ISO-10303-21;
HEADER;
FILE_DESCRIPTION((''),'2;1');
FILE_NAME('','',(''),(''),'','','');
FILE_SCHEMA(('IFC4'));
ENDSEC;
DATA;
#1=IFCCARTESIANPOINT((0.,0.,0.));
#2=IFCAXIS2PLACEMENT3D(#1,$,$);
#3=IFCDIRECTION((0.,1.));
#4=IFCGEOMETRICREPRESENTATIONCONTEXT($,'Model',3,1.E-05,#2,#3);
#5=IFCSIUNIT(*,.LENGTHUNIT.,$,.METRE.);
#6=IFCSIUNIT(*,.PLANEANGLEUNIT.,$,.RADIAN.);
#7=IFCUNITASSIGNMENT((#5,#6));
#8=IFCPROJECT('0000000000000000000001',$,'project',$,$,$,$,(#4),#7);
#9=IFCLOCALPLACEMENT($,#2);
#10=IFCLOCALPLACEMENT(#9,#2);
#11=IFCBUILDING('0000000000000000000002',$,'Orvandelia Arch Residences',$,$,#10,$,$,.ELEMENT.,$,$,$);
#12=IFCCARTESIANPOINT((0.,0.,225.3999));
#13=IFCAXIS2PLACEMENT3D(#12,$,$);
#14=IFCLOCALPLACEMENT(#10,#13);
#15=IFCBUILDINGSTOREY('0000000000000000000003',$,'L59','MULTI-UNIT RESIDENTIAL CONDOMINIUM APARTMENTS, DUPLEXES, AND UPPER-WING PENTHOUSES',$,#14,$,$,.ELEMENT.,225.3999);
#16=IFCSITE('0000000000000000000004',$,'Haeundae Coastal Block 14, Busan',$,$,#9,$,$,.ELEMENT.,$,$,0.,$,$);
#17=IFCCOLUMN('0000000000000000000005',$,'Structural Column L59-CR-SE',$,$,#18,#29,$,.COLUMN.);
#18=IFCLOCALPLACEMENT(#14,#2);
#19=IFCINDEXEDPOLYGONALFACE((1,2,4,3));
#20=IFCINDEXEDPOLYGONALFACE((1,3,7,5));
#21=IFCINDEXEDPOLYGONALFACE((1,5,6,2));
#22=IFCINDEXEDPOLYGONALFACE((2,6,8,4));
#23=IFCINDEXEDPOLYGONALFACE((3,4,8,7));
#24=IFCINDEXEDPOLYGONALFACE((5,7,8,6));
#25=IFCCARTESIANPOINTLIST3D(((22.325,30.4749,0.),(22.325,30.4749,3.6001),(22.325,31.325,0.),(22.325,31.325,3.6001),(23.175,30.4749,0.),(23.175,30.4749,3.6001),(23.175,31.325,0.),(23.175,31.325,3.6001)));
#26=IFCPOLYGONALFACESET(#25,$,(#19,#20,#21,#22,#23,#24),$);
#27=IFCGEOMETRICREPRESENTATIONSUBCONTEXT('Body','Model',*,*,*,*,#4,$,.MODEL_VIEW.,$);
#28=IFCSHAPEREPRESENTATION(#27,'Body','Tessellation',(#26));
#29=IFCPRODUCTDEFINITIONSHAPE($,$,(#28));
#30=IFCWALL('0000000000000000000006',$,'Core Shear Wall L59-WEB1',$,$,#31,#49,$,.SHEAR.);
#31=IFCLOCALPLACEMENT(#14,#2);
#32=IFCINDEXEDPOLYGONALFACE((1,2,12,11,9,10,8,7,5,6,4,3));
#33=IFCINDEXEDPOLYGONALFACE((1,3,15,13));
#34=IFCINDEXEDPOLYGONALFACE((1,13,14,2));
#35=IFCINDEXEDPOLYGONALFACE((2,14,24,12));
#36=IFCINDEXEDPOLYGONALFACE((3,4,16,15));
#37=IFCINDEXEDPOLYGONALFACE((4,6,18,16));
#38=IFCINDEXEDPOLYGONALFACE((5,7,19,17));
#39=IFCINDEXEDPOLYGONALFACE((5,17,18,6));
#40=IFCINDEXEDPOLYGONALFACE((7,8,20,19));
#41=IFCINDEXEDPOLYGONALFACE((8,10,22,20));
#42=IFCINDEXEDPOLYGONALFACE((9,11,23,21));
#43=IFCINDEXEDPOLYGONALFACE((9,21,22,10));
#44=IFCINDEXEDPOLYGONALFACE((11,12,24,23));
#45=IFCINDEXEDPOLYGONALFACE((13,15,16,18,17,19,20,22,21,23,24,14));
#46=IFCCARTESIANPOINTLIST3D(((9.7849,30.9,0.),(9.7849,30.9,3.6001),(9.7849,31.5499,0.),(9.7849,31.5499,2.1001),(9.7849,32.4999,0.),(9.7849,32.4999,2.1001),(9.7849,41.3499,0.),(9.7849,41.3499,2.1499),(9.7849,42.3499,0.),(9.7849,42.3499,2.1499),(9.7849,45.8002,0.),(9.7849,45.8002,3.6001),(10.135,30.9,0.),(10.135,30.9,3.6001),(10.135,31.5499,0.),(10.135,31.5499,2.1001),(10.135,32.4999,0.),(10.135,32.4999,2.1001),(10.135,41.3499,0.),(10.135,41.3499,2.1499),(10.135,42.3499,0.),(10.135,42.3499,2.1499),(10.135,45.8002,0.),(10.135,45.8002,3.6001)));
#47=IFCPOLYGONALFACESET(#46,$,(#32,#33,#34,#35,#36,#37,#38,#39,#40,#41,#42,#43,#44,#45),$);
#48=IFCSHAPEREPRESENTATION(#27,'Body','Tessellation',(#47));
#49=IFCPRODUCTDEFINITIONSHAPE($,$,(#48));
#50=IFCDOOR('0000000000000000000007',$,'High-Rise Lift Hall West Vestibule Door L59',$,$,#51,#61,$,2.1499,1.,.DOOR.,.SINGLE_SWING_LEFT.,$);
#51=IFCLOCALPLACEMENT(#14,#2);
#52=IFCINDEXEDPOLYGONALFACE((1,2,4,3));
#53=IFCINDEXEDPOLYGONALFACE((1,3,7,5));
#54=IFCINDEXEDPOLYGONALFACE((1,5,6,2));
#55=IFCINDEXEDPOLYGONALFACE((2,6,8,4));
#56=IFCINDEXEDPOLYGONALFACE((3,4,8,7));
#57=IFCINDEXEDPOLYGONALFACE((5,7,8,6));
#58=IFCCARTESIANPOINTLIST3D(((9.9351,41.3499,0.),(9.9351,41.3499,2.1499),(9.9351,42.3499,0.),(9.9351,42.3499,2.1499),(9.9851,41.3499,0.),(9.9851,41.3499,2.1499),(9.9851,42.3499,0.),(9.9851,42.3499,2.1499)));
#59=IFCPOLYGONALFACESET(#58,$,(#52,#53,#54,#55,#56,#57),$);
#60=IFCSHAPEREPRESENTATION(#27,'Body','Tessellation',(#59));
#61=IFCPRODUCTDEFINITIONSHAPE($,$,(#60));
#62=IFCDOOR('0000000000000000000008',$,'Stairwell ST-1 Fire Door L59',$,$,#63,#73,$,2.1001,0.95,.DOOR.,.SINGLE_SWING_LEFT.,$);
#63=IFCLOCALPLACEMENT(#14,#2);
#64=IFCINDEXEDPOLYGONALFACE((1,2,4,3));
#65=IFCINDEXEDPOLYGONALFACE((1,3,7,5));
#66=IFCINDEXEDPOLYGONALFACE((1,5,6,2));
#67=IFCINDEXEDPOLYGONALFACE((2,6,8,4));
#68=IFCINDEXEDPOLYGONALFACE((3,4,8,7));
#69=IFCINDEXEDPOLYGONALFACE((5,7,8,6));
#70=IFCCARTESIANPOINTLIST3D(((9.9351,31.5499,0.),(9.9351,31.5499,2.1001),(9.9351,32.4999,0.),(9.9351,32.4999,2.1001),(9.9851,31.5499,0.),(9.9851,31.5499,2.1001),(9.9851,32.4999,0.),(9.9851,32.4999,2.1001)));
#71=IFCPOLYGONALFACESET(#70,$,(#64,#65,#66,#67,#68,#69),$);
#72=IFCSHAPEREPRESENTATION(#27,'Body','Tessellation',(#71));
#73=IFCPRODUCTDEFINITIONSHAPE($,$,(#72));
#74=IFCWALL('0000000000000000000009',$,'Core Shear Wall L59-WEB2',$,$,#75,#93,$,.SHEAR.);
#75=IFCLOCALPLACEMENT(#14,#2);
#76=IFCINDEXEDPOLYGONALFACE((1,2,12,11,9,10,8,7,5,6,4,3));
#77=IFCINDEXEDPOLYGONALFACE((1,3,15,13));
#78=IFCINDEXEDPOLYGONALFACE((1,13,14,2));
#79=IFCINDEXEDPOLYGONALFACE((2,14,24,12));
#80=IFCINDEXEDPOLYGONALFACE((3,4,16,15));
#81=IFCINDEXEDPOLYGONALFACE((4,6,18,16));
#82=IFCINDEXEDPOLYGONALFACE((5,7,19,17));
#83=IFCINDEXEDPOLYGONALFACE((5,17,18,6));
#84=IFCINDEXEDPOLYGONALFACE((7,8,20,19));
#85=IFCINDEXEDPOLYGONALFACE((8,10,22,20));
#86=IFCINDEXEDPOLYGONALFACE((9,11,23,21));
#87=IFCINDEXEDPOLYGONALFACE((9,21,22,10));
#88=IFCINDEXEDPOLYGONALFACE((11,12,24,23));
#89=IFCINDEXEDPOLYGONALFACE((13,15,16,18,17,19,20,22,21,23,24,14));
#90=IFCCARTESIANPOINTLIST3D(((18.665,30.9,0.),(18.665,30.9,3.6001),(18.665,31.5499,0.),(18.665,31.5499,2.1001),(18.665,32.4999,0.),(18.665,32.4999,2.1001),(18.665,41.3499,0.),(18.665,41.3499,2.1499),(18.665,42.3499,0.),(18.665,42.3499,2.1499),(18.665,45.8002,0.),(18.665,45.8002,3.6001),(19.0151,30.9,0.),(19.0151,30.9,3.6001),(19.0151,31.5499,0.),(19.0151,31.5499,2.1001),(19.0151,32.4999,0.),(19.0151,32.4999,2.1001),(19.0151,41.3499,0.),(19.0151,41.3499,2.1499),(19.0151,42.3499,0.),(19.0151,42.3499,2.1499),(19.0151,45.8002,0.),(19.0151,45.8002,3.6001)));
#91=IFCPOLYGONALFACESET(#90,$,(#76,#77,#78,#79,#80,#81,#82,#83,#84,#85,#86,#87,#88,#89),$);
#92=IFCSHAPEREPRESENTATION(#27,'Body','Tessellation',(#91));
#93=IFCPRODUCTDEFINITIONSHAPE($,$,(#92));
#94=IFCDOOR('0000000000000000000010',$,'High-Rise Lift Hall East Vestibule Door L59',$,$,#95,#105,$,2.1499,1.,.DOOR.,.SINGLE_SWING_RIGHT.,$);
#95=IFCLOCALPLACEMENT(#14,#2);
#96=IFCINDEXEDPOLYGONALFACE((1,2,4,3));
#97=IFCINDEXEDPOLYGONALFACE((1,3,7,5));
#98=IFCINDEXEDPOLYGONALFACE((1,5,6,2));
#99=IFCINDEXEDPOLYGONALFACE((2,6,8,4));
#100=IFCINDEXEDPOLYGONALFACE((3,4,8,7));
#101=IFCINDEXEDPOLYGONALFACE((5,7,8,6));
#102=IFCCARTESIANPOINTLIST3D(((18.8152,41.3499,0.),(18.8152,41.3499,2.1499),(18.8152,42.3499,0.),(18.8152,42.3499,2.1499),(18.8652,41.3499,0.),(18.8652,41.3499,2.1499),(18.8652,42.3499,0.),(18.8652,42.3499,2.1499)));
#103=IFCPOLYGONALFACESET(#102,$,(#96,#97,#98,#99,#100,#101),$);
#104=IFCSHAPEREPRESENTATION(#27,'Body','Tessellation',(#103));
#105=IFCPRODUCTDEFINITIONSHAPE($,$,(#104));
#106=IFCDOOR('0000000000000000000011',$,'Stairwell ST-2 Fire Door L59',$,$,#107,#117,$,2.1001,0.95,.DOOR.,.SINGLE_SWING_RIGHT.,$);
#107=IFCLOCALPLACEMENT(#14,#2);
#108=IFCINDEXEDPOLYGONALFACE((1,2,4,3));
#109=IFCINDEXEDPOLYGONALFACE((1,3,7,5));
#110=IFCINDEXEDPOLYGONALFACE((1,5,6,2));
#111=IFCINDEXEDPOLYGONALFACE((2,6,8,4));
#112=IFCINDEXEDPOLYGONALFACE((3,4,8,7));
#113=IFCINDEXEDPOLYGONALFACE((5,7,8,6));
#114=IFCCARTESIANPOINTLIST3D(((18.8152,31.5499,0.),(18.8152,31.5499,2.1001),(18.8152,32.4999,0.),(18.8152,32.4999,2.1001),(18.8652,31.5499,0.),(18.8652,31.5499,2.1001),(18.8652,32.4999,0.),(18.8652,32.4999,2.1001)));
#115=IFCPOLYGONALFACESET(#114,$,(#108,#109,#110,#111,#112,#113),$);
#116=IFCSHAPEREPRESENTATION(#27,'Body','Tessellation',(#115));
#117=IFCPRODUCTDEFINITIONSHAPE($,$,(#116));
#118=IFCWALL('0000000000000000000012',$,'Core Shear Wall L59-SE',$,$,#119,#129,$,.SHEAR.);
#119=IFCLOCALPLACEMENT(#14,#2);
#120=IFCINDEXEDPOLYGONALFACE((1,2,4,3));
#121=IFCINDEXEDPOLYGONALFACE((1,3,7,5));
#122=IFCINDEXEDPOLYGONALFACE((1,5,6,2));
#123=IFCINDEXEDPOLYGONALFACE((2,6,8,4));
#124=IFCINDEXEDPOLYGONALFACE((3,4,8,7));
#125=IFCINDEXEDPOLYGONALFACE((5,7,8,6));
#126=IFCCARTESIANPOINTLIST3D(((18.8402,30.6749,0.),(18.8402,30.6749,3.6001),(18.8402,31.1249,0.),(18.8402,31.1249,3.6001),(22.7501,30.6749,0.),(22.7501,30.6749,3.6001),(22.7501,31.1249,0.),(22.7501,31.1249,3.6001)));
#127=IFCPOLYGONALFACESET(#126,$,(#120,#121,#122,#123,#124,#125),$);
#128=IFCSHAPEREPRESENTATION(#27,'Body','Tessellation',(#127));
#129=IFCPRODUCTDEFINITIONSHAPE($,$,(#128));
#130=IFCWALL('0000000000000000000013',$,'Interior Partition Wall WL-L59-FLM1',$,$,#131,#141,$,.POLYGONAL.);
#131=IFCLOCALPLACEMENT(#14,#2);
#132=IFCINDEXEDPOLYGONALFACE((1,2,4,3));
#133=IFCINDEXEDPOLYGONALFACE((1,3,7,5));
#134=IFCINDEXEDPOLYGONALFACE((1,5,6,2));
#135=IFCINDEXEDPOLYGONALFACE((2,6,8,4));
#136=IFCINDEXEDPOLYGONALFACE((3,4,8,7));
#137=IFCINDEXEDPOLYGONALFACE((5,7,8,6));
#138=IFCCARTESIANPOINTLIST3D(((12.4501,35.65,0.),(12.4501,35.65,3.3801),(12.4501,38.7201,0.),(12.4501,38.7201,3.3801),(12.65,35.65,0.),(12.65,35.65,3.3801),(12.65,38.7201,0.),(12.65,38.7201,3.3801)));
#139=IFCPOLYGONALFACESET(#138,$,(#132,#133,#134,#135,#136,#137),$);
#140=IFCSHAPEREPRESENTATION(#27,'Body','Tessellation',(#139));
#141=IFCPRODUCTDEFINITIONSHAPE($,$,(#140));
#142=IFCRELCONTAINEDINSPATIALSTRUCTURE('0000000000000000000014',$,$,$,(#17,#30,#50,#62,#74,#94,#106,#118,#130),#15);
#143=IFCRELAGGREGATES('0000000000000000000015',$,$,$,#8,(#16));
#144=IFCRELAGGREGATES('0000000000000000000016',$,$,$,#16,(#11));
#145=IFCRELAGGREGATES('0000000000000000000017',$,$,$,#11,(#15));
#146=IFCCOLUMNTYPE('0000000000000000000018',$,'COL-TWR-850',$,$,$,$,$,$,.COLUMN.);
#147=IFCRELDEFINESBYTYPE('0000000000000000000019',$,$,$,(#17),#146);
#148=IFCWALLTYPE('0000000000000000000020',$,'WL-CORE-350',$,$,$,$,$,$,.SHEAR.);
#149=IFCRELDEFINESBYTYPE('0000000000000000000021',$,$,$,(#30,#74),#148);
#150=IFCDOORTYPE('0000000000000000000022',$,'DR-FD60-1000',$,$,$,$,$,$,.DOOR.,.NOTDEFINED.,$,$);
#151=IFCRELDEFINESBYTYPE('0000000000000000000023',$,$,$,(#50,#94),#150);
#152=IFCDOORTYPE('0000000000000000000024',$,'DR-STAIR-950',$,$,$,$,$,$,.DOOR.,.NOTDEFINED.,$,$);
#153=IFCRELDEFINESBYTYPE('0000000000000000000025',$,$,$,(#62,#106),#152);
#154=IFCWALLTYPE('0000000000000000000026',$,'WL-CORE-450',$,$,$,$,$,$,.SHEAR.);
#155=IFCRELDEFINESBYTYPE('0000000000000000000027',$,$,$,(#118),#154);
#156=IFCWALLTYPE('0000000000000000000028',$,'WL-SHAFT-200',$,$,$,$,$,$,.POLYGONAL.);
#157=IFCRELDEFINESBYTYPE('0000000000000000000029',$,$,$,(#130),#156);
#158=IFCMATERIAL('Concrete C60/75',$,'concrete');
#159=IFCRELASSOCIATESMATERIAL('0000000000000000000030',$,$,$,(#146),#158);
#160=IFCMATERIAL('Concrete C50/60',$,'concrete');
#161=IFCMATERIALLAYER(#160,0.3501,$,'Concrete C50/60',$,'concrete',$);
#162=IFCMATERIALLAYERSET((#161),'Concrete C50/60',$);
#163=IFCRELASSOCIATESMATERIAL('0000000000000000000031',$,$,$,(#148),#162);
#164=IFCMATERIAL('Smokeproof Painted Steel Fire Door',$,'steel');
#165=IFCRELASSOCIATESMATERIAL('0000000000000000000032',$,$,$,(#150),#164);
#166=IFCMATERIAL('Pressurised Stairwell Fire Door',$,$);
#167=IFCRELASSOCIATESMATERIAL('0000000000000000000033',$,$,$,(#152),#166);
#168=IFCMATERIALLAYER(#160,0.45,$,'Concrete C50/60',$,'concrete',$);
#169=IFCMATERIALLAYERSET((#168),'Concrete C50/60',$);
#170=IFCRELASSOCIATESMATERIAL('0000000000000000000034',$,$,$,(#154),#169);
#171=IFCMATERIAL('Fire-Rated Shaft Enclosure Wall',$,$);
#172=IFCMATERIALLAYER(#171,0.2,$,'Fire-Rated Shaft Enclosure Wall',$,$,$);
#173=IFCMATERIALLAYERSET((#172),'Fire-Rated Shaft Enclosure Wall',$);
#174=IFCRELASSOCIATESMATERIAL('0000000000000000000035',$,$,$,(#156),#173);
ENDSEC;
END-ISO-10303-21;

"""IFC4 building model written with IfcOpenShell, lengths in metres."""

from ifc_helpers import new_model, si_unit, direction, frame, frame_2d, origin, origin_2d, place, context, subcontext, project, spatial, rectangle, extrude, material, layer, layer_set, material_profile, profile_set, type_object, element, fill, save


model = new_model("IFC4")

# Units and contexts
model_context = context("Model", 3, precision=1e-05, world=origin(), true_north=direction((0.0, 1.0)))
body_context = subcontext(model_context, "Body", "Model", "MODEL_VIEW")
ifc_project = project(units=[si_unit("LENGTHUNIT", "METRE"), si_unit("PLANEANGLEUNIT", "RADIAN")], contexts=[model_context])

# Site, building, storey
site_placement = place(None, origin())
site = spatial("IfcSite", under=ifc_project, at=site_placement, Name="Haeundae Coastal Block 14, Busan", CompositionType="ELEMENT", RefElevation=0.0)
building_placement = place(site_placement, origin())
building = spatial("IfcBuilding", under=site, at=building_placement, Name="Orvandelia Arch Residences", CompositionType="ELEMENT")
storey_placement = place(building_placement, frame((0.0, 0.0, 225.3999)))
storey = spatial("IfcBuildingStorey", under=building, at=storey_placement, Name="L59", Description="MULTI-UNIT RESIDENTIAL CONDOMINIUM APARTMENTS, DUPLEXES, AND UPPER-WING PENTHOUSES", CompositionType="ELEMENT", Elevation=225.3999)

# Column
ifc_material_1 = material(Name="Concrete C60/75", Category="concrete")
ifc_material_profile = material_profile(ifc_material_1, rectangle(XDim=0.8501, YDim=0.8501, at=origin_2d()), Name="Concrete C60/75", Category="concrete")
ifc_profile_set = profile_set([ifc_material_profile], Name="Concrete C60/75")
column_type = type_object("IfcColumnType", Name="COL-TWR-850", PredefinedType="COLUMN", material=ifc_profile_set)
column_placement = place(storey_placement, frame((22.75, 30.8999, 0.0), z_axis=(0.0, 0.0, 1.0), x_axis=(1.0, 0.0, 0.0)))
element("IfcColumn", 1, at=column_placement, inside=storey, type_object=column_type, Name="Structural Column L59-CR-SE", PredefinedType="COLUMN", context=body_context, shape_type="SweptSolid", body=[
    extrude(rectangle(XDim=0.8501, YDim=0.8501, at=origin_2d()), origin(), (0.0, 0.0, 1.0), 3.6001),
])

# Walls, openings, doors
ifc_material_2 = material(Name="Concrete C50/60", Category="concrete")
ifc_layer_1 = layer(ifc_material_2, 0.3501, Name="Concrete C50/60", Category="concrete")
ifc_layer_set_1 = layer_set([ifc_layer_1], Name="Concrete C50/60")
wall_type_1 = type_object("IfcWallType", Name="WL-CORE-350", PredefinedType="SHEAR", material=ifc_layer_set_1)
wall_1_placement = place(storey_placement, frame((9.96, 30.8999, 0.0), z_axis=(0.0, 0.0, 1.0), x_axis=(0.0, 1.0, 0.0)))
wall_1 = element("IfcWall", 2, at=wall_1_placement, inside=storey, type_object=wall_type_1, Name="Core Shear Wall L59-WEB1", PredefinedType="SHEAR", context=body_context, shape_type="SweptSolid", body=[
    extrude(rectangle(XDim=14.9001, YDim=0.3501, at=frame_2d((7.4502, 0.0))), origin(), (0.0, 0.0, 1.0), 3.6001),
])
opening_1_placement = place(wall_1_placement, frame((0.6499, 0.0, 0.0)))
opening_1 = element("IfcOpeningElement", 3, at=opening_1_placement, cuts=wall_1, PredefinedType="OPENING", context=body_context, shape_type="SweptSolid", body=[
    extrude(rectangle(XDim=0.95, YDim=2.1001, at=frame_2d((0.4751, 1.05))), frame((0.0, 0.1851, 0.0), z_axis=(0.0, -1.0, 0.0), x_axis=(1.0, 0.0, 0.0)), (0.0, 0.0, 1.0), 0.3701),
])
opening_2_placement = place(wall_1_placement, frame((10.45, 0.0, 0.0)))
opening_2 = element("IfcOpeningElement", 4, at=opening_2_placement, cuts=wall_1, PredefinedType="OPENING", context=body_context, shape_type="SweptSolid", body=[
    extrude(rectangle(XDim=1.0, YDim=2.1499, at=frame_2d((0.5, 1.075))), frame((0.0, 0.1851, 0.0), z_axis=(0.0, -1.0, 0.0), x_axis=(1.0, 0.0, 0.0)), (0.0, 0.0, 1.0), 0.3701),
])
ifc_material_3 = material(Name="Smokeproof Painted Steel Fire Door", Category="steel")
door_type_1 = type_object("IfcDoorType", Name="DR-FD60-1000", OperationType="NOTDEFINED", PredefinedType="DOOR", material=ifc_material_3)
door_1_placement = place(opening_2_placement, origin())
door_1 = element("IfcDoor", 5, at=door_1_placement, inside=storey, type_object=door_type_1, Name="High-Rise Lift Hall West Vestibule Door L59", OperationType="SINGLE_SWING_LEFT", OverallHeight=2.1499, OverallWidth=1.0, PredefinedType="DOOR", context=body_context, shape_type="SweptSolid", body=[
    extrude(rectangle(XDim=1.0, YDim=2.1499, at=frame_2d((0.5, 1.075))), frame((0.0, 0.0249, 0.0), z_axis=(0.0, -1.0, 0.0), x_axis=(1.0, 0.0, 0.0)), (0.0, 0.0, 1.0), 0.05),
])
fill(opening_2, door_1)
ifc_material_4 = material(Name="Pressurised Stairwell Fire Door")
door_type_2 = type_object("IfcDoorType", Name="DR-STAIR-950", OperationType="NOTDEFINED", PredefinedType="DOOR", material=ifc_material_4)
door_2_placement = place(opening_1_placement, origin())
door_2 = element("IfcDoor", 6, at=door_2_placement, inside=storey, type_object=door_type_2, Name="Stairwell ST-1 Fire Door L59", OperationType="SINGLE_SWING_LEFT", OverallHeight=2.1001, OverallWidth=0.95, PredefinedType="DOOR", context=body_context, shape_type="SweptSolid", body=[
    extrude(rectangle(XDim=0.95, YDim=2.1001, at=frame_2d((0.4751, 1.05))), frame((0.0, 0.0249, 0.0), z_axis=(0.0, -1.0, 0.0), x_axis=(1.0, 0.0, 0.0)), (0.0, 0.0, 1.0), 0.05),
])
fill(opening_1, door_2)
wall_2_placement = place(storey_placement, frame((18.8401, 30.8999, 0.0), z_axis=(0.0, 0.0, 1.0), x_axis=(0.0, 1.0, 0.0)))
wall_2 = element("IfcWall", 7, at=wall_2_placement, inside=storey, type_object=wall_type_1, Name="Core Shear Wall L59-WEB2", PredefinedType="SHEAR", context=body_context, shape_type="SweptSolid", body=[
    extrude(rectangle(XDim=14.9001, YDim=0.3501, at=frame_2d((7.4502, 0.0))), origin(), (0.0, 0.0, 1.0), 3.6001),
])
opening_3_placement = place(wall_2_placement, frame((0.6499, 0.0, 0.0)))
opening_3 = element("IfcOpeningElement", 8, at=opening_3_placement, cuts=wall_2, PredefinedType="OPENING", context=body_context, shape_type="SweptSolid", body=[
    extrude(rectangle(XDim=0.95, YDim=2.1001, at=frame_2d((0.4751, 1.05))), frame((0.0, 0.1851, 0.0), z_axis=(0.0, -1.0, 0.0), x_axis=(1.0, 0.0, 0.0)), (0.0, 0.0, 1.0), 0.3701),
])
opening_4_placement = place(wall_2_placement, frame((10.45, 0.0, 0.0)))
opening_4 = element("IfcOpeningElement", 9, at=opening_4_placement, cuts=wall_2, PredefinedType="OPENING", context=body_context, shape_type="SweptSolid", body=[
    extrude(rectangle(XDim=1.0, YDim=2.1499, at=frame_2d((0.5, 1.075))), frame((0.0, 0.1851, 0.0), z_axis=(0.0, -1.0, 0.0), x_axis=(1.0, 0.0, 0.0)), (0.0, 0.0, 1.0), 0.3701),
])
door_3_placement = place(opening_4_placement, origin())
door_3 = element("IfcDoor", 10, at=door_3_placement, inside=storey, type_object=door_type_1, Name="High-Rise Lift Hall East Vestibule Door L59", OperationType="SINGLE_SWING_RIGHT", OverallHeight=2.1499, OverallWidth=1.0, PredefinedType="DOOR", context=body_context, shape_type="SweptSolid", body=[
    extrude(rectangle(XDim=1.0, YDim=2.1499, at=frame_2d((0.5, 1.075))), frame((0.0, 0.0249, 0.0), z_axis=(0.0, -1.0, 0.0), x_axis=(1.0, 0.0, 0.0)), (0.0, 0.0, 1.0), 0.05),
])
fill(opening_4, door_3)
door_4_placement = place(opening_3_placement, origin())
door_4 = element("IfcDoor", 11, at=door_4_placement, inside=storey, type_object=door_type_2, Name="Stairwell ST-2 Fire Door L59", OperationType="SINGLE_SWING_RIGHT", OverallHeight=2.1001, OverallWidth=0.95, PredefinedType="DOOR", context=body_context, shape_type="SweptSolid", body=[
    extrude(rectangle(XDim=0.95, YDim=2.1001, at=frame_2d((0.4751, 1.05))), frame((0.0, 0.0249, 0.0), z_axis=(0.0, -1.0, 0.0), x_axis=(1.0, 0.0, 0.0)), (0.0, 0.0, 1.0), 0.05),
])
fill(opening_3, door_4)

# Shared definitions
ifc_layer_2 = layer(ifc_material_2, 0.45, Name="Concrete C50/60", Category="concrete")
ifc_layer_set_2 = layer_set([ifc_layer_2], Name="Concrete C50/60")
wall_type_2 = type_object("IfcWallType", Name="WL-CORE-450", PredefinedType="SHEAR", material=ifc_layer_set_2)

# Walls
wall_3_placement = place(storey_placement, frame((18.8401, 30.8999, 0.0), z_axis=(0.0, 0.0, 1.0), x_axis=(1.0, 0.0, 0.0)))
element("IfcWall", 12, at=wall_3_placement, inside=storey, type_object=wall_type_2, Name="Core Shear Wall L59-SE", PredefinedType="SHEAR", context=body_context, shape_type="SweptSolid", body=[
    extrude(rectangle(XDim=3.9099, YDim=0.45, at=frame_2d((1.9551, 0.0))), origin(), (0.0, 0.0, 1.0), 3.6001),
])
ifc_material_5 = material(Name="Fire-Rated Shaft Enclosure Wall")
ifc_layer_3 = layer(ifc_material_5, 0.2, Name="Fire-Rated Shaft Enclosure Wall")
ifc_layer_set_3 = layer_set([ifc_layer_3], Name="Fire-Rated Shaft Enclosure Wall")
wall_type_3 = type_object("IfcWallType", Name="WL-SHAFT-200", PredefinedType="POLYGONAL", material=ifc_layer_set_3)
wall_4_placement = place(storey_placement, frame((12.55, 35.6499, 0.0), z_axis=(0.0, 0.0, 1.0), x_axis=(0.0, 1.0, 0.0)))
element("IfcWall", 13, at=wall_4_placement, inside=storey, type_object=wall_type_3, Name="Interior Partition Wall WL-L59-FLM1", PredefinedType="POLYGONAL", context=body_context, shape_type="SweptSolid", body=[
    extrude(rectangle(XDim=3.0701, YDim=0.2, at=frame_2d((1.5352, 0.0))), origin(), (0.0, 0.0, 1.0), 3.3801),
])

save(model, "model.ifc")
